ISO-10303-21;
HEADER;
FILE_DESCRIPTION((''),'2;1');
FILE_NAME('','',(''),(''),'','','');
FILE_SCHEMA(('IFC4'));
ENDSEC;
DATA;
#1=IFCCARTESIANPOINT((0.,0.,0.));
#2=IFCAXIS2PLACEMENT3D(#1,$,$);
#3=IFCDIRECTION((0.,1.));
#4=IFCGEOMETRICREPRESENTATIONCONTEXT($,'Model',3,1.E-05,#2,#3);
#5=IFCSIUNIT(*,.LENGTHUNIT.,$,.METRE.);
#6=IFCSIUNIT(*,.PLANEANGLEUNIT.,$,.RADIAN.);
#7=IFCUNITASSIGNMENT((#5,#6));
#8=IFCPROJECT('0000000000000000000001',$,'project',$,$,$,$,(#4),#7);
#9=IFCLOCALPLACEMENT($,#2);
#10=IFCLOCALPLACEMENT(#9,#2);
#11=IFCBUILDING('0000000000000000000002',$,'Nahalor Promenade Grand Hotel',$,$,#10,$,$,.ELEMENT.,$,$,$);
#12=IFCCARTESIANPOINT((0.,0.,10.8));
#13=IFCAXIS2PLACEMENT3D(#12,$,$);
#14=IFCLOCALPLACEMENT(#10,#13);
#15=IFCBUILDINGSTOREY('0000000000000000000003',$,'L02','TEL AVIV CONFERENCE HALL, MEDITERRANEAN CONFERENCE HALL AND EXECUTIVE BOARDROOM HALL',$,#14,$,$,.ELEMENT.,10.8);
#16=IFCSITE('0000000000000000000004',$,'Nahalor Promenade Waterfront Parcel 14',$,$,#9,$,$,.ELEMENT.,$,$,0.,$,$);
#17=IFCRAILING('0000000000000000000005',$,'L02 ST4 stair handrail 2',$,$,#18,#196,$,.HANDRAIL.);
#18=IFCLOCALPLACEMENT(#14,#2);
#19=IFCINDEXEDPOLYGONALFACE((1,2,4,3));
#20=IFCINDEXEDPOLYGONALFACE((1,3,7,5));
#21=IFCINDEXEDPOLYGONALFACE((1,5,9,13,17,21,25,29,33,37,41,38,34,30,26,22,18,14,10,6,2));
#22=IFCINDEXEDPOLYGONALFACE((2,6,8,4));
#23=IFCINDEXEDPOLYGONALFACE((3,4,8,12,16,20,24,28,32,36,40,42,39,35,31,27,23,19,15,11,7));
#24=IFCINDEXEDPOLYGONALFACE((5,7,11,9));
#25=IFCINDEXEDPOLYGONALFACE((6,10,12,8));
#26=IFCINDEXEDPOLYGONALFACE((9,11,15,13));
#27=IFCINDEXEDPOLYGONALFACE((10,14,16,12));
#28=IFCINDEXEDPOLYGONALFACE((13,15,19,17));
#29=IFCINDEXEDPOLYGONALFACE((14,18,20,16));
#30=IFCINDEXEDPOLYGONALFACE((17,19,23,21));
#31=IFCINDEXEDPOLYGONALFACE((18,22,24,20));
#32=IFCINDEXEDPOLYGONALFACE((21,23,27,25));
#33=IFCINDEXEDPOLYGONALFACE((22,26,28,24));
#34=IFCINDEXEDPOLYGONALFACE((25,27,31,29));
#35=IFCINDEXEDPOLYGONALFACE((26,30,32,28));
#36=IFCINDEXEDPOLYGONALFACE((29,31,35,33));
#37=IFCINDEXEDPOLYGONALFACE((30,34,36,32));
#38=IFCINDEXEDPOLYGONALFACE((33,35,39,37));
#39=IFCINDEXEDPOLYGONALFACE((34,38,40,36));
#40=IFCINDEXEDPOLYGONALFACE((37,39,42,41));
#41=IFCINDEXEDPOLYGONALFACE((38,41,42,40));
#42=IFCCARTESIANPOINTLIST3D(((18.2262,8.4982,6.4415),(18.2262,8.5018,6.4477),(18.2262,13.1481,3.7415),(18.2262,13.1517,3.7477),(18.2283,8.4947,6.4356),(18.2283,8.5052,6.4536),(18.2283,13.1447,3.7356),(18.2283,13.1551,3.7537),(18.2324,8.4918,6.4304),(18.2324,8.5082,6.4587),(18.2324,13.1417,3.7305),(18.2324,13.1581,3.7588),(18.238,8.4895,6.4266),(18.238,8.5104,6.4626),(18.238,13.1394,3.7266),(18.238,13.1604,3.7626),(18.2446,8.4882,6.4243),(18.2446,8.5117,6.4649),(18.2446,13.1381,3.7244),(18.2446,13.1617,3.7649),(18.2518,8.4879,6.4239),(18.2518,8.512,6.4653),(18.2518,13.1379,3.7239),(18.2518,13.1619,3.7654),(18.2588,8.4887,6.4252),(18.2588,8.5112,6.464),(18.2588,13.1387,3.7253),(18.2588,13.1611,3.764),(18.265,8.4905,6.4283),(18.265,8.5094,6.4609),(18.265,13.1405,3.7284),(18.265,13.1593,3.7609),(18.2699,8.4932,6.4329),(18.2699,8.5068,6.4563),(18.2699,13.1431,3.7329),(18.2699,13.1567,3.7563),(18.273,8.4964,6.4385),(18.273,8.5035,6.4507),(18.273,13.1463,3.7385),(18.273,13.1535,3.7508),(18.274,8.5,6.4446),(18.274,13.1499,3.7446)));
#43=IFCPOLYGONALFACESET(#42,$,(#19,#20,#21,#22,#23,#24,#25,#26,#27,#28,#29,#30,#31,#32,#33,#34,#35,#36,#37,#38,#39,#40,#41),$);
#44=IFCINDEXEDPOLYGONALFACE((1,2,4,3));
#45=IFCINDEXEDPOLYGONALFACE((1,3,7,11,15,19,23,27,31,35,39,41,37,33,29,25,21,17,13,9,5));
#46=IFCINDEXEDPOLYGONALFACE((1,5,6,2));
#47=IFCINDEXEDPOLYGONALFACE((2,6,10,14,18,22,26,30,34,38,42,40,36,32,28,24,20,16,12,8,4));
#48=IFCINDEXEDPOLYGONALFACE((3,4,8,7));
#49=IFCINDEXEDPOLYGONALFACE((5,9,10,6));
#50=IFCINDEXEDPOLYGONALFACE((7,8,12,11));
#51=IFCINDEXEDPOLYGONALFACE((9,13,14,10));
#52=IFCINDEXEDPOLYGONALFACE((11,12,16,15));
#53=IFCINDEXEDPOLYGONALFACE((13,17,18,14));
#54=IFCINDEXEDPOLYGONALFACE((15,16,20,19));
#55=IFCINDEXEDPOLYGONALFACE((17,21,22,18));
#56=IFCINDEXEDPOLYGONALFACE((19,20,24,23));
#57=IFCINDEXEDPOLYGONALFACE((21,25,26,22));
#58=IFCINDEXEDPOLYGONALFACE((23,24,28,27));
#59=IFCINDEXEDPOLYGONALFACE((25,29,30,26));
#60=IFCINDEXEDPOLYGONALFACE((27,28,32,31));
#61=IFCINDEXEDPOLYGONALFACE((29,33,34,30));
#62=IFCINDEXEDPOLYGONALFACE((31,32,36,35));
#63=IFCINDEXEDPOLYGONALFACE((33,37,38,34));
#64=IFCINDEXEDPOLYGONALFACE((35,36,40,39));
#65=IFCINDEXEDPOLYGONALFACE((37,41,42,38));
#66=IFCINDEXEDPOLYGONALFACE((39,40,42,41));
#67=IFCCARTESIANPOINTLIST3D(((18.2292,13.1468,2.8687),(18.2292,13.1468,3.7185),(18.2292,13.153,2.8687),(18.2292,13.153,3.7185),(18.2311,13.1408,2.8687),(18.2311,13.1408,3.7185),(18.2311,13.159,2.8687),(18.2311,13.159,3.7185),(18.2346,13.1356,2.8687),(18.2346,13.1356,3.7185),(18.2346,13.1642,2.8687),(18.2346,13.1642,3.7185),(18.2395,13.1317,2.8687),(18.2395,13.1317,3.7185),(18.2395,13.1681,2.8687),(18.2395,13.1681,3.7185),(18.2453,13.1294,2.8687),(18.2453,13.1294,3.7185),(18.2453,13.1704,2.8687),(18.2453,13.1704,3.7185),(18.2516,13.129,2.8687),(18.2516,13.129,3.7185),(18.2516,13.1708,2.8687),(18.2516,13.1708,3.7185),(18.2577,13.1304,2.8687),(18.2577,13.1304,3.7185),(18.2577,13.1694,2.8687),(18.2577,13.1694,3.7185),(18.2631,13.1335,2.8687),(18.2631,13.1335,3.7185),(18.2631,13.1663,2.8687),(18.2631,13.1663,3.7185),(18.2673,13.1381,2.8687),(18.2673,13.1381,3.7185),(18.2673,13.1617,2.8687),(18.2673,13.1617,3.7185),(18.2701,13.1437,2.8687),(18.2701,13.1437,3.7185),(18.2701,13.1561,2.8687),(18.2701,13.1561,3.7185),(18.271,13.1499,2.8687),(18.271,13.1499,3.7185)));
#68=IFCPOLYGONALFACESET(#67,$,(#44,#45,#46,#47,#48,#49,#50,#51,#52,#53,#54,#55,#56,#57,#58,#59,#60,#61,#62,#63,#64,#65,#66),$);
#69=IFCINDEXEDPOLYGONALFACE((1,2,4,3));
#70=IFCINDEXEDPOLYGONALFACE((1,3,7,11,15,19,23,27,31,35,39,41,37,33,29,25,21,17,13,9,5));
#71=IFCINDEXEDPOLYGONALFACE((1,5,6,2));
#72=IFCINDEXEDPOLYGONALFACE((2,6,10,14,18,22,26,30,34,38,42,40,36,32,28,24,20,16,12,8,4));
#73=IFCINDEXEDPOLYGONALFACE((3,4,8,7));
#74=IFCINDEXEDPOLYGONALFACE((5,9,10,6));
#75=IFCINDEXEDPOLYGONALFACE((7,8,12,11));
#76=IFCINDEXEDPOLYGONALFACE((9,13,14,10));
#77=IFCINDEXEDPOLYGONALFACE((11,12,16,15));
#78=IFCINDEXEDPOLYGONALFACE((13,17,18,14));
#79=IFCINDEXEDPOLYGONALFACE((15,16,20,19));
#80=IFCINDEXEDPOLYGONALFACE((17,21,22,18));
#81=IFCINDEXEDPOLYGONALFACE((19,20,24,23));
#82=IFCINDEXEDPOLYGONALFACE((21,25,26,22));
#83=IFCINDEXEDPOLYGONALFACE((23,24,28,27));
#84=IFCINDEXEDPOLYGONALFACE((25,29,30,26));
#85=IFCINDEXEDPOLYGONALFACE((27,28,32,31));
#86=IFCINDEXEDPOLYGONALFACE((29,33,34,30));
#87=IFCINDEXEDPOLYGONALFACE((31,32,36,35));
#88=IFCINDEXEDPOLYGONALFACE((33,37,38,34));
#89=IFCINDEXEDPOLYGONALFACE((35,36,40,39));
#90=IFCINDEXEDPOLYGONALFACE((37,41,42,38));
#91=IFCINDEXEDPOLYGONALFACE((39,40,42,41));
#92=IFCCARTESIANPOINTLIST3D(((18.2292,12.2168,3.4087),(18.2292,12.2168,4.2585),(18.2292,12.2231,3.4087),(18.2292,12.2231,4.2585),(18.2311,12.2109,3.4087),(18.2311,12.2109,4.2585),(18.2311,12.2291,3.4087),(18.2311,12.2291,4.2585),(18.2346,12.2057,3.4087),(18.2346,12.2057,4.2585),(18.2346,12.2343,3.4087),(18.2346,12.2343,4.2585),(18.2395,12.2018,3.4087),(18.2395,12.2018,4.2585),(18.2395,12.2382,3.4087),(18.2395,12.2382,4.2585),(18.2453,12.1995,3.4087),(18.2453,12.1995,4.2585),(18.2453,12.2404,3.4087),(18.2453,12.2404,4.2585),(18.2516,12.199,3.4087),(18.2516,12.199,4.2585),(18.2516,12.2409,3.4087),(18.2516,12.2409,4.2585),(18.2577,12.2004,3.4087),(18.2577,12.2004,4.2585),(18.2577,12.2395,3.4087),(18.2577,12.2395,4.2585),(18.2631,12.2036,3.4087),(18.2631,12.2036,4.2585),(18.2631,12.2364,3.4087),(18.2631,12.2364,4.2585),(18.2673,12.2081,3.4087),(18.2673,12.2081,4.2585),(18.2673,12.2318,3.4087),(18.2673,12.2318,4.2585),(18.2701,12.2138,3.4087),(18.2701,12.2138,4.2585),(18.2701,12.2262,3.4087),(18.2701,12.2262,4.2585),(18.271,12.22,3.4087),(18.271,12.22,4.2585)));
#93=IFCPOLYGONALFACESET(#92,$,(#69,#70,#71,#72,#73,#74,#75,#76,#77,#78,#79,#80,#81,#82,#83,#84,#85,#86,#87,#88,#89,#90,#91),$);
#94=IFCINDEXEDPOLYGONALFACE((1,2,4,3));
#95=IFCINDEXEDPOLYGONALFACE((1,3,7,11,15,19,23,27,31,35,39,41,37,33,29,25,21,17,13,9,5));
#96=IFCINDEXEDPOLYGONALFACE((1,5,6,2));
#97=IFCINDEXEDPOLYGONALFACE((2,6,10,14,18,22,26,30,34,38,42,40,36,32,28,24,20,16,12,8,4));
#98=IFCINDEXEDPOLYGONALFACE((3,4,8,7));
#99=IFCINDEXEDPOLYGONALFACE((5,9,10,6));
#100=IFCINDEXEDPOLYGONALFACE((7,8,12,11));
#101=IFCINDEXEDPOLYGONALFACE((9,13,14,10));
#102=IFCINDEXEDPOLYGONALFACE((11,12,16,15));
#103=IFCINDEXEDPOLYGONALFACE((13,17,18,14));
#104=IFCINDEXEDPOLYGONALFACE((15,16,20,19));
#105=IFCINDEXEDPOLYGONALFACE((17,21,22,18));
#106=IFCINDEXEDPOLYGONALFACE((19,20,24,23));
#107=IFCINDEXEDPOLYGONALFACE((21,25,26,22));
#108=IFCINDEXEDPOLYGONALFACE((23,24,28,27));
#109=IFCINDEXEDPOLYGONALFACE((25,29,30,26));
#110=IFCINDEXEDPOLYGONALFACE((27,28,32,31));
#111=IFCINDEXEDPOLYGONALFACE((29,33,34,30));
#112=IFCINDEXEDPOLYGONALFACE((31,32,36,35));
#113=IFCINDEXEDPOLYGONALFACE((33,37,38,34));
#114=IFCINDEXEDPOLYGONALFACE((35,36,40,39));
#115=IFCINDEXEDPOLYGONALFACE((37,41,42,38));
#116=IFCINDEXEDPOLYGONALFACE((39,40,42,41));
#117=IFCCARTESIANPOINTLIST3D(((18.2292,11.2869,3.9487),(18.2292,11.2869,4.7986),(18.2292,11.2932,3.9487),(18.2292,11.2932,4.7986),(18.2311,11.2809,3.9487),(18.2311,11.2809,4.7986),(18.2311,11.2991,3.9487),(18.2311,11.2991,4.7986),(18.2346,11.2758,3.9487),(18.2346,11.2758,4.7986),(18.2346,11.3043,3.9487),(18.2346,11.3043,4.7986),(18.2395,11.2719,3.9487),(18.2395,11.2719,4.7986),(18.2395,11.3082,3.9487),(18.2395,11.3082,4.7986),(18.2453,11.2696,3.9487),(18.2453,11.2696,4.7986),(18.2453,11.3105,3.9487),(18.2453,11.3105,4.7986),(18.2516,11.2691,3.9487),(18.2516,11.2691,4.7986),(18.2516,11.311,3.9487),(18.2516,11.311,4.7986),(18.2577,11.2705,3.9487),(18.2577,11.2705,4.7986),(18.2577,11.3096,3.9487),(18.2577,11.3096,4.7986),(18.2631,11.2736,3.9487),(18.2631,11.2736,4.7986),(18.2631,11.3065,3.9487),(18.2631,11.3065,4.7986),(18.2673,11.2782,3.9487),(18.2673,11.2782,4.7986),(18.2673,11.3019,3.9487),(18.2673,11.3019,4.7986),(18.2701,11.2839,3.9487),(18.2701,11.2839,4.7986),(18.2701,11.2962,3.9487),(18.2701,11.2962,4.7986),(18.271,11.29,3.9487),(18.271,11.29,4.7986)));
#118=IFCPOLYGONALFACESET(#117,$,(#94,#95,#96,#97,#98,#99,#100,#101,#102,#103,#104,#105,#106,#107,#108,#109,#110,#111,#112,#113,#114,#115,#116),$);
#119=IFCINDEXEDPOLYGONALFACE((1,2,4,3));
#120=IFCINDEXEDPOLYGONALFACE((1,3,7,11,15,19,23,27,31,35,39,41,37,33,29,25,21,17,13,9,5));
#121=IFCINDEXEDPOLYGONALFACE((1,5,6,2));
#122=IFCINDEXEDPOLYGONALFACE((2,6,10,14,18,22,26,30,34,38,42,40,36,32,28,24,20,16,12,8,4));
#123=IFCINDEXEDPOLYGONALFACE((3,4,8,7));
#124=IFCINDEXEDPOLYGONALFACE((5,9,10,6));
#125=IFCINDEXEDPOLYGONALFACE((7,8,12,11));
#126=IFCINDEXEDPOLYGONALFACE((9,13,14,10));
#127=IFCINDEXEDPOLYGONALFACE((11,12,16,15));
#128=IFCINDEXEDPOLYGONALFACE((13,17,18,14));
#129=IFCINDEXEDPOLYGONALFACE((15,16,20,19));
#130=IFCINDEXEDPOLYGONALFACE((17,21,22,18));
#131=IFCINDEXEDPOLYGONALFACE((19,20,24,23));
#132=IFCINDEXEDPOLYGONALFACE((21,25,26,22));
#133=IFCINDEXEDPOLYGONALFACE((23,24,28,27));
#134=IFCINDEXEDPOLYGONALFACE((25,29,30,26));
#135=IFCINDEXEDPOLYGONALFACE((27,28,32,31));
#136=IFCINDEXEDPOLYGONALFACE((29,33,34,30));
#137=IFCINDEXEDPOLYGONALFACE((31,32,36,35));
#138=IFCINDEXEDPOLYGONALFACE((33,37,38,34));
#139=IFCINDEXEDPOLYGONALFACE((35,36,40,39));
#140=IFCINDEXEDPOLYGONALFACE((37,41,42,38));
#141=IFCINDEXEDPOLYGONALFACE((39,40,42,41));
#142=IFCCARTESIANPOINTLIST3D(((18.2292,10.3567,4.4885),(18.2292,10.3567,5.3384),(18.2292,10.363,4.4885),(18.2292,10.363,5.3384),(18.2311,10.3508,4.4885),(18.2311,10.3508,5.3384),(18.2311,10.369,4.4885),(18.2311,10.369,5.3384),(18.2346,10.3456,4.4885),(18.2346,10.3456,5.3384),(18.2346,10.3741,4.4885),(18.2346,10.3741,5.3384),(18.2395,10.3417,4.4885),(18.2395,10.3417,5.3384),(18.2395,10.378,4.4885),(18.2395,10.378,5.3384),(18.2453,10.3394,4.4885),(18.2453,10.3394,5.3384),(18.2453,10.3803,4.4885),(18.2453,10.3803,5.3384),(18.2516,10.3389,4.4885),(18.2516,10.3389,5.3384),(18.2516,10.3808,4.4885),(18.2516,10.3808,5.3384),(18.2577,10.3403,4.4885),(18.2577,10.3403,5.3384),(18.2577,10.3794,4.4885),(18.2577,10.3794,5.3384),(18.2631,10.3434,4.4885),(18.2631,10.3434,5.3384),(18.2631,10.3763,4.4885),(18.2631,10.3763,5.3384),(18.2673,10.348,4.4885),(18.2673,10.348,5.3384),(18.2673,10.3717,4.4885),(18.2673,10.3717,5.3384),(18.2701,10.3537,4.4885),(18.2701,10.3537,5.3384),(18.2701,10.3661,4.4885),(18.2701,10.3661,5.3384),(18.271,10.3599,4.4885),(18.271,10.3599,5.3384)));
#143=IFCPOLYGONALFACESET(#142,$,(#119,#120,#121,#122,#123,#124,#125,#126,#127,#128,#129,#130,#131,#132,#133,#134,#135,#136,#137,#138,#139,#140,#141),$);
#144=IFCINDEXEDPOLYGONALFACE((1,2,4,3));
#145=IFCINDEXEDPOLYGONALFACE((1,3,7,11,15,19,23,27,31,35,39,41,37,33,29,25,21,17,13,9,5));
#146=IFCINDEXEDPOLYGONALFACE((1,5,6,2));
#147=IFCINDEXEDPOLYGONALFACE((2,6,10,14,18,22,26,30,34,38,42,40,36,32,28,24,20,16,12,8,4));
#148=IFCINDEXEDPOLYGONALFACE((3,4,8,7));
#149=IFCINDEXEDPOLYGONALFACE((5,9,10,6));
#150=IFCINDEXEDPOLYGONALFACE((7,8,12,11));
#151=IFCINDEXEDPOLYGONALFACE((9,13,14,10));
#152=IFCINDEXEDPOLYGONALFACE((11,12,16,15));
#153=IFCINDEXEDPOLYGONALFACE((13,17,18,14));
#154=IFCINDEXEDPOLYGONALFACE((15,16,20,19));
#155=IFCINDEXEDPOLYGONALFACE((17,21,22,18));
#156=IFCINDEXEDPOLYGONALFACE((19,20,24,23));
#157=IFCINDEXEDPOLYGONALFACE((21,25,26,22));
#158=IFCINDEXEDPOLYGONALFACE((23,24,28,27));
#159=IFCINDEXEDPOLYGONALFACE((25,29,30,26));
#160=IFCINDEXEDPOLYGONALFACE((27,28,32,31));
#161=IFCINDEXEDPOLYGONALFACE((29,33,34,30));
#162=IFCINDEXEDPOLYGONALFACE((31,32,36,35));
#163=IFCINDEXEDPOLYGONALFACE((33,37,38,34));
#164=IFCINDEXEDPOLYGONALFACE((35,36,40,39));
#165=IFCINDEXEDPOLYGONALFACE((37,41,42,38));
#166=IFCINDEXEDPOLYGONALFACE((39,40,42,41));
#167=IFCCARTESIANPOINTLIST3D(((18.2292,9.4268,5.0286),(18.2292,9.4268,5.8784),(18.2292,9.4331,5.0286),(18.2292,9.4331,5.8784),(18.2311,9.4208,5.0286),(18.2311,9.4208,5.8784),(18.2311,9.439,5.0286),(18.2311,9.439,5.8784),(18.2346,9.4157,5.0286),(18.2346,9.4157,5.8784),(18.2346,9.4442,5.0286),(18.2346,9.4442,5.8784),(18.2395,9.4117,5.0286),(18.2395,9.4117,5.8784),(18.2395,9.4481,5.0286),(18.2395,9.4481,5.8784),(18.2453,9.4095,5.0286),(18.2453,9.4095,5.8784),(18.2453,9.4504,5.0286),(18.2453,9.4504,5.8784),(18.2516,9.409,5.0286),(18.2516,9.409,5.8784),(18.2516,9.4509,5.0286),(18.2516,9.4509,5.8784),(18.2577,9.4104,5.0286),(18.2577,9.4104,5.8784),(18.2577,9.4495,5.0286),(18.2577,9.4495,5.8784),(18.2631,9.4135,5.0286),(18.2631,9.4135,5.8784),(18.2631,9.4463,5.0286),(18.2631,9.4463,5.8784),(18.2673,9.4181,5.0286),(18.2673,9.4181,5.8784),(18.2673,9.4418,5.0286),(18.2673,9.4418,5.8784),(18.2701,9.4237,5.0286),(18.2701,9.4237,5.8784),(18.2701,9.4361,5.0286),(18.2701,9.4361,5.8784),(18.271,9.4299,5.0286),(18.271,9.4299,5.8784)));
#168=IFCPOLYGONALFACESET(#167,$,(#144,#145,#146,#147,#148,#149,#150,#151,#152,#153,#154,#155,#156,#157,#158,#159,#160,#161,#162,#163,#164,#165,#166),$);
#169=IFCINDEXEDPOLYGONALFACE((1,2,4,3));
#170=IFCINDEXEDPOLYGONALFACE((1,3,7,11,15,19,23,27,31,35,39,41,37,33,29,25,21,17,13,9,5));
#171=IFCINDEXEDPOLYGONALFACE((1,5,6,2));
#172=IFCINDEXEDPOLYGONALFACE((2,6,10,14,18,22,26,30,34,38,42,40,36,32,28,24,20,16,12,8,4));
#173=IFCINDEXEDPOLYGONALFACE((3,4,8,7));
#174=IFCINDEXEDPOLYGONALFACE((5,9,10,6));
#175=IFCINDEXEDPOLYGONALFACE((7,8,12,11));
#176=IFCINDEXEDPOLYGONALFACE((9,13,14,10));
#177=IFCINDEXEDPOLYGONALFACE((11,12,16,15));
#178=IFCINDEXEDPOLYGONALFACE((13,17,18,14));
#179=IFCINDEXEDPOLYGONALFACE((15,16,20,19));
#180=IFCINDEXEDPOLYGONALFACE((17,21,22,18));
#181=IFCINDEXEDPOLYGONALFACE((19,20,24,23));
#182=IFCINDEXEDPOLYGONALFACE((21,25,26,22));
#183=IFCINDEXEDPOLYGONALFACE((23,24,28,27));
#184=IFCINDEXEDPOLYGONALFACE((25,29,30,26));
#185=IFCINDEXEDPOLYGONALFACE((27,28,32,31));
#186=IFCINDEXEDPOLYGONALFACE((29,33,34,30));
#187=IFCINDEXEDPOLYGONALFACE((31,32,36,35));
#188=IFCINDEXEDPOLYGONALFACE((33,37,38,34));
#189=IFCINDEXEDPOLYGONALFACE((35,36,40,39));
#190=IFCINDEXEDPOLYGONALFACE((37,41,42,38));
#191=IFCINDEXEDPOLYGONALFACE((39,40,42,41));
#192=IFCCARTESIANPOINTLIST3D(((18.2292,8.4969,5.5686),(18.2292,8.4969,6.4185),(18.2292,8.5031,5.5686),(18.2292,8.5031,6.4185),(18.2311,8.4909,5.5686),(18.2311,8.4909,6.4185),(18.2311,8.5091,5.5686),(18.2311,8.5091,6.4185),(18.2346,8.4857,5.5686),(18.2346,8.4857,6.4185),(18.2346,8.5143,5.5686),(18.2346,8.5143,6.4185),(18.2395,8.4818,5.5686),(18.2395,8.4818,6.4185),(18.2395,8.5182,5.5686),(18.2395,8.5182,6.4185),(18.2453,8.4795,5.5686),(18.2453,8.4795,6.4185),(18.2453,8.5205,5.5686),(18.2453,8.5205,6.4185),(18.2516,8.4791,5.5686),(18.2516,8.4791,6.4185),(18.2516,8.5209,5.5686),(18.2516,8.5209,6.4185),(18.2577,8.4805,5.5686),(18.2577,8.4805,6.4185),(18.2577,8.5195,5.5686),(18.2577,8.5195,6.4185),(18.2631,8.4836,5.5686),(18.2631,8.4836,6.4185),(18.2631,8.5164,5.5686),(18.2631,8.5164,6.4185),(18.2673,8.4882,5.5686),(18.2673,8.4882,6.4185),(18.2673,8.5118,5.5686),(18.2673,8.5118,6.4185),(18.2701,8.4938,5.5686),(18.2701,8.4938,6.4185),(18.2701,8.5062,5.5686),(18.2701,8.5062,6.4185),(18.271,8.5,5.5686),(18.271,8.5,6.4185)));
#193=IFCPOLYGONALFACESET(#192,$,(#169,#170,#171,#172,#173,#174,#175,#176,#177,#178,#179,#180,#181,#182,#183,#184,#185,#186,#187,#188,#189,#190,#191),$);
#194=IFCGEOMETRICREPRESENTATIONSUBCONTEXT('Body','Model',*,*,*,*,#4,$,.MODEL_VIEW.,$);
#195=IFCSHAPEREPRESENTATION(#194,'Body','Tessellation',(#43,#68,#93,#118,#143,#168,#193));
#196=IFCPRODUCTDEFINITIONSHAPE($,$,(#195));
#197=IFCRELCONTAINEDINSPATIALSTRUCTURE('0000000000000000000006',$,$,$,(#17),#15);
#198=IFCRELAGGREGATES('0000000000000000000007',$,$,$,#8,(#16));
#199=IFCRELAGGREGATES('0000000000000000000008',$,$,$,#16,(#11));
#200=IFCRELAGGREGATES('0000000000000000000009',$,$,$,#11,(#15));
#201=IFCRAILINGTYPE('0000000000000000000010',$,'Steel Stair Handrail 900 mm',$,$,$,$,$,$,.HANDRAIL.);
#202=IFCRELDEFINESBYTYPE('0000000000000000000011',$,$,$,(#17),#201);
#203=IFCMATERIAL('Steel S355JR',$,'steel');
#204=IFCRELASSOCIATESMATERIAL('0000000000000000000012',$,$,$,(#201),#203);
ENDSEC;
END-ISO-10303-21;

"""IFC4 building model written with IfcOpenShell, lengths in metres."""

from ifc_helpers import new_model, si_unit, direction, frame, origin, origin_2d, place, context, subcontext, project, spatial, circle, extrude, material, type_object, element, save


model = new_model("IFC4")

# Units and contexts
model_context = context("Model", 3, precision=1e-05, world=origin(), true_north=direction((0.0, 1.0)))
body_context = subcontext(model_context, "Body", "Model", "MODEL_VIEW")
ifc_project = project(units=[si_unit("LENGTHUNIT", "METRE"), si_unit("PLANEANGLEUNIT", "RADIAN")], contexts=[model_context])

# Site, building, storey
site_placement = place(None, origin())
site = spatial("IfcSite", under=ifc_project, at=site_placement, Name="Nahalor Promenade Waterfront Parcel 14", CompositionType="ELEMENT", RefElevation=0.0)
building_placement = place(site_placement, origin())
building = spatial("IfcBuilding", under=site, at=building_placement, Name="Nahalor Promenade Grand Hotel", CompositionType="ELEMENT")
storey_placement = place(building_placement, frame((0.0, 0.0, 10.8)))
storey = spatial("IfcBuildingStorey", under=building, at=storey_placement, Name="L02", Description="TEL AVIV CONFERENCE HALL, MEDITERRANEAN CONFERENCE HALL AND EXECUTIVE BOARDROOM HALL", CompositionType="ELEMENT", Elevation=10.8)

# Shared definitions
ifc_material_1 = material(Name="Steel S355JR", Category="steel")

# Railing
railing_type_1 = type_object("IfcRailingType", Name="Steel Stair Handrail 900 mm", PredefinedType="HANDRAIL", material=ifc_material_1)
railing_1_placement = place(storey_placement, frame((18.25, 13.1499, 2.8687)))
element("IfcRailing", 1, at=railing_1_placement, inside=storey, type_object=railing_type_1, Name="L02 ST4 stair handrail 2", PredefinedType="HANDRAIL", context=body_context, shape_type="SweptSolid", body=[
    extrude(circle(Radius=0.024, at=origin_2d()), frame((0.0, 0.0, 0.876), z_axis=(0.0, -0.864788, 0.502137), x_axis=(1.0, 0.0, 0.0)), (0.0, 0.0, 1.0), 5.377),
    extrude(circle(Radius=0.021, at=origin_2d()), origin(), (0.0, 0.0, 1.0), 0.8499),
    extrude(circle(Radius=0.021, at=origin_2d()), frame((0.0, -0.9299, 0.54)), (0.0, 0.0, 1.0), 0.8499),
    extrude(circle(Radius=0.021, at=origin_2d()), frame((0.0, -1.8599, 1.0801)), (0.0, 0.0, 1.0), 0.8499),
    extrude(circle(Radius=0.021, at=origin_2d()), frame((0.0, -2.79, 1.6199)), (0.0, 0.0, 1.0), 0.8499),
    extrude(circle(Radius=0.021, at=origin_2d()), frame((0.0, -3.72, 2.1599)), (0.0, 0.0, 1.0), 0.8499),
    extrude(circle(Radius=0.021, at=origin_2d()), frame((0.0, -4.6499, 2.7)), (0.0, 0.0, 1.0), 0.8499),
])

save(model, "model.ifc")
